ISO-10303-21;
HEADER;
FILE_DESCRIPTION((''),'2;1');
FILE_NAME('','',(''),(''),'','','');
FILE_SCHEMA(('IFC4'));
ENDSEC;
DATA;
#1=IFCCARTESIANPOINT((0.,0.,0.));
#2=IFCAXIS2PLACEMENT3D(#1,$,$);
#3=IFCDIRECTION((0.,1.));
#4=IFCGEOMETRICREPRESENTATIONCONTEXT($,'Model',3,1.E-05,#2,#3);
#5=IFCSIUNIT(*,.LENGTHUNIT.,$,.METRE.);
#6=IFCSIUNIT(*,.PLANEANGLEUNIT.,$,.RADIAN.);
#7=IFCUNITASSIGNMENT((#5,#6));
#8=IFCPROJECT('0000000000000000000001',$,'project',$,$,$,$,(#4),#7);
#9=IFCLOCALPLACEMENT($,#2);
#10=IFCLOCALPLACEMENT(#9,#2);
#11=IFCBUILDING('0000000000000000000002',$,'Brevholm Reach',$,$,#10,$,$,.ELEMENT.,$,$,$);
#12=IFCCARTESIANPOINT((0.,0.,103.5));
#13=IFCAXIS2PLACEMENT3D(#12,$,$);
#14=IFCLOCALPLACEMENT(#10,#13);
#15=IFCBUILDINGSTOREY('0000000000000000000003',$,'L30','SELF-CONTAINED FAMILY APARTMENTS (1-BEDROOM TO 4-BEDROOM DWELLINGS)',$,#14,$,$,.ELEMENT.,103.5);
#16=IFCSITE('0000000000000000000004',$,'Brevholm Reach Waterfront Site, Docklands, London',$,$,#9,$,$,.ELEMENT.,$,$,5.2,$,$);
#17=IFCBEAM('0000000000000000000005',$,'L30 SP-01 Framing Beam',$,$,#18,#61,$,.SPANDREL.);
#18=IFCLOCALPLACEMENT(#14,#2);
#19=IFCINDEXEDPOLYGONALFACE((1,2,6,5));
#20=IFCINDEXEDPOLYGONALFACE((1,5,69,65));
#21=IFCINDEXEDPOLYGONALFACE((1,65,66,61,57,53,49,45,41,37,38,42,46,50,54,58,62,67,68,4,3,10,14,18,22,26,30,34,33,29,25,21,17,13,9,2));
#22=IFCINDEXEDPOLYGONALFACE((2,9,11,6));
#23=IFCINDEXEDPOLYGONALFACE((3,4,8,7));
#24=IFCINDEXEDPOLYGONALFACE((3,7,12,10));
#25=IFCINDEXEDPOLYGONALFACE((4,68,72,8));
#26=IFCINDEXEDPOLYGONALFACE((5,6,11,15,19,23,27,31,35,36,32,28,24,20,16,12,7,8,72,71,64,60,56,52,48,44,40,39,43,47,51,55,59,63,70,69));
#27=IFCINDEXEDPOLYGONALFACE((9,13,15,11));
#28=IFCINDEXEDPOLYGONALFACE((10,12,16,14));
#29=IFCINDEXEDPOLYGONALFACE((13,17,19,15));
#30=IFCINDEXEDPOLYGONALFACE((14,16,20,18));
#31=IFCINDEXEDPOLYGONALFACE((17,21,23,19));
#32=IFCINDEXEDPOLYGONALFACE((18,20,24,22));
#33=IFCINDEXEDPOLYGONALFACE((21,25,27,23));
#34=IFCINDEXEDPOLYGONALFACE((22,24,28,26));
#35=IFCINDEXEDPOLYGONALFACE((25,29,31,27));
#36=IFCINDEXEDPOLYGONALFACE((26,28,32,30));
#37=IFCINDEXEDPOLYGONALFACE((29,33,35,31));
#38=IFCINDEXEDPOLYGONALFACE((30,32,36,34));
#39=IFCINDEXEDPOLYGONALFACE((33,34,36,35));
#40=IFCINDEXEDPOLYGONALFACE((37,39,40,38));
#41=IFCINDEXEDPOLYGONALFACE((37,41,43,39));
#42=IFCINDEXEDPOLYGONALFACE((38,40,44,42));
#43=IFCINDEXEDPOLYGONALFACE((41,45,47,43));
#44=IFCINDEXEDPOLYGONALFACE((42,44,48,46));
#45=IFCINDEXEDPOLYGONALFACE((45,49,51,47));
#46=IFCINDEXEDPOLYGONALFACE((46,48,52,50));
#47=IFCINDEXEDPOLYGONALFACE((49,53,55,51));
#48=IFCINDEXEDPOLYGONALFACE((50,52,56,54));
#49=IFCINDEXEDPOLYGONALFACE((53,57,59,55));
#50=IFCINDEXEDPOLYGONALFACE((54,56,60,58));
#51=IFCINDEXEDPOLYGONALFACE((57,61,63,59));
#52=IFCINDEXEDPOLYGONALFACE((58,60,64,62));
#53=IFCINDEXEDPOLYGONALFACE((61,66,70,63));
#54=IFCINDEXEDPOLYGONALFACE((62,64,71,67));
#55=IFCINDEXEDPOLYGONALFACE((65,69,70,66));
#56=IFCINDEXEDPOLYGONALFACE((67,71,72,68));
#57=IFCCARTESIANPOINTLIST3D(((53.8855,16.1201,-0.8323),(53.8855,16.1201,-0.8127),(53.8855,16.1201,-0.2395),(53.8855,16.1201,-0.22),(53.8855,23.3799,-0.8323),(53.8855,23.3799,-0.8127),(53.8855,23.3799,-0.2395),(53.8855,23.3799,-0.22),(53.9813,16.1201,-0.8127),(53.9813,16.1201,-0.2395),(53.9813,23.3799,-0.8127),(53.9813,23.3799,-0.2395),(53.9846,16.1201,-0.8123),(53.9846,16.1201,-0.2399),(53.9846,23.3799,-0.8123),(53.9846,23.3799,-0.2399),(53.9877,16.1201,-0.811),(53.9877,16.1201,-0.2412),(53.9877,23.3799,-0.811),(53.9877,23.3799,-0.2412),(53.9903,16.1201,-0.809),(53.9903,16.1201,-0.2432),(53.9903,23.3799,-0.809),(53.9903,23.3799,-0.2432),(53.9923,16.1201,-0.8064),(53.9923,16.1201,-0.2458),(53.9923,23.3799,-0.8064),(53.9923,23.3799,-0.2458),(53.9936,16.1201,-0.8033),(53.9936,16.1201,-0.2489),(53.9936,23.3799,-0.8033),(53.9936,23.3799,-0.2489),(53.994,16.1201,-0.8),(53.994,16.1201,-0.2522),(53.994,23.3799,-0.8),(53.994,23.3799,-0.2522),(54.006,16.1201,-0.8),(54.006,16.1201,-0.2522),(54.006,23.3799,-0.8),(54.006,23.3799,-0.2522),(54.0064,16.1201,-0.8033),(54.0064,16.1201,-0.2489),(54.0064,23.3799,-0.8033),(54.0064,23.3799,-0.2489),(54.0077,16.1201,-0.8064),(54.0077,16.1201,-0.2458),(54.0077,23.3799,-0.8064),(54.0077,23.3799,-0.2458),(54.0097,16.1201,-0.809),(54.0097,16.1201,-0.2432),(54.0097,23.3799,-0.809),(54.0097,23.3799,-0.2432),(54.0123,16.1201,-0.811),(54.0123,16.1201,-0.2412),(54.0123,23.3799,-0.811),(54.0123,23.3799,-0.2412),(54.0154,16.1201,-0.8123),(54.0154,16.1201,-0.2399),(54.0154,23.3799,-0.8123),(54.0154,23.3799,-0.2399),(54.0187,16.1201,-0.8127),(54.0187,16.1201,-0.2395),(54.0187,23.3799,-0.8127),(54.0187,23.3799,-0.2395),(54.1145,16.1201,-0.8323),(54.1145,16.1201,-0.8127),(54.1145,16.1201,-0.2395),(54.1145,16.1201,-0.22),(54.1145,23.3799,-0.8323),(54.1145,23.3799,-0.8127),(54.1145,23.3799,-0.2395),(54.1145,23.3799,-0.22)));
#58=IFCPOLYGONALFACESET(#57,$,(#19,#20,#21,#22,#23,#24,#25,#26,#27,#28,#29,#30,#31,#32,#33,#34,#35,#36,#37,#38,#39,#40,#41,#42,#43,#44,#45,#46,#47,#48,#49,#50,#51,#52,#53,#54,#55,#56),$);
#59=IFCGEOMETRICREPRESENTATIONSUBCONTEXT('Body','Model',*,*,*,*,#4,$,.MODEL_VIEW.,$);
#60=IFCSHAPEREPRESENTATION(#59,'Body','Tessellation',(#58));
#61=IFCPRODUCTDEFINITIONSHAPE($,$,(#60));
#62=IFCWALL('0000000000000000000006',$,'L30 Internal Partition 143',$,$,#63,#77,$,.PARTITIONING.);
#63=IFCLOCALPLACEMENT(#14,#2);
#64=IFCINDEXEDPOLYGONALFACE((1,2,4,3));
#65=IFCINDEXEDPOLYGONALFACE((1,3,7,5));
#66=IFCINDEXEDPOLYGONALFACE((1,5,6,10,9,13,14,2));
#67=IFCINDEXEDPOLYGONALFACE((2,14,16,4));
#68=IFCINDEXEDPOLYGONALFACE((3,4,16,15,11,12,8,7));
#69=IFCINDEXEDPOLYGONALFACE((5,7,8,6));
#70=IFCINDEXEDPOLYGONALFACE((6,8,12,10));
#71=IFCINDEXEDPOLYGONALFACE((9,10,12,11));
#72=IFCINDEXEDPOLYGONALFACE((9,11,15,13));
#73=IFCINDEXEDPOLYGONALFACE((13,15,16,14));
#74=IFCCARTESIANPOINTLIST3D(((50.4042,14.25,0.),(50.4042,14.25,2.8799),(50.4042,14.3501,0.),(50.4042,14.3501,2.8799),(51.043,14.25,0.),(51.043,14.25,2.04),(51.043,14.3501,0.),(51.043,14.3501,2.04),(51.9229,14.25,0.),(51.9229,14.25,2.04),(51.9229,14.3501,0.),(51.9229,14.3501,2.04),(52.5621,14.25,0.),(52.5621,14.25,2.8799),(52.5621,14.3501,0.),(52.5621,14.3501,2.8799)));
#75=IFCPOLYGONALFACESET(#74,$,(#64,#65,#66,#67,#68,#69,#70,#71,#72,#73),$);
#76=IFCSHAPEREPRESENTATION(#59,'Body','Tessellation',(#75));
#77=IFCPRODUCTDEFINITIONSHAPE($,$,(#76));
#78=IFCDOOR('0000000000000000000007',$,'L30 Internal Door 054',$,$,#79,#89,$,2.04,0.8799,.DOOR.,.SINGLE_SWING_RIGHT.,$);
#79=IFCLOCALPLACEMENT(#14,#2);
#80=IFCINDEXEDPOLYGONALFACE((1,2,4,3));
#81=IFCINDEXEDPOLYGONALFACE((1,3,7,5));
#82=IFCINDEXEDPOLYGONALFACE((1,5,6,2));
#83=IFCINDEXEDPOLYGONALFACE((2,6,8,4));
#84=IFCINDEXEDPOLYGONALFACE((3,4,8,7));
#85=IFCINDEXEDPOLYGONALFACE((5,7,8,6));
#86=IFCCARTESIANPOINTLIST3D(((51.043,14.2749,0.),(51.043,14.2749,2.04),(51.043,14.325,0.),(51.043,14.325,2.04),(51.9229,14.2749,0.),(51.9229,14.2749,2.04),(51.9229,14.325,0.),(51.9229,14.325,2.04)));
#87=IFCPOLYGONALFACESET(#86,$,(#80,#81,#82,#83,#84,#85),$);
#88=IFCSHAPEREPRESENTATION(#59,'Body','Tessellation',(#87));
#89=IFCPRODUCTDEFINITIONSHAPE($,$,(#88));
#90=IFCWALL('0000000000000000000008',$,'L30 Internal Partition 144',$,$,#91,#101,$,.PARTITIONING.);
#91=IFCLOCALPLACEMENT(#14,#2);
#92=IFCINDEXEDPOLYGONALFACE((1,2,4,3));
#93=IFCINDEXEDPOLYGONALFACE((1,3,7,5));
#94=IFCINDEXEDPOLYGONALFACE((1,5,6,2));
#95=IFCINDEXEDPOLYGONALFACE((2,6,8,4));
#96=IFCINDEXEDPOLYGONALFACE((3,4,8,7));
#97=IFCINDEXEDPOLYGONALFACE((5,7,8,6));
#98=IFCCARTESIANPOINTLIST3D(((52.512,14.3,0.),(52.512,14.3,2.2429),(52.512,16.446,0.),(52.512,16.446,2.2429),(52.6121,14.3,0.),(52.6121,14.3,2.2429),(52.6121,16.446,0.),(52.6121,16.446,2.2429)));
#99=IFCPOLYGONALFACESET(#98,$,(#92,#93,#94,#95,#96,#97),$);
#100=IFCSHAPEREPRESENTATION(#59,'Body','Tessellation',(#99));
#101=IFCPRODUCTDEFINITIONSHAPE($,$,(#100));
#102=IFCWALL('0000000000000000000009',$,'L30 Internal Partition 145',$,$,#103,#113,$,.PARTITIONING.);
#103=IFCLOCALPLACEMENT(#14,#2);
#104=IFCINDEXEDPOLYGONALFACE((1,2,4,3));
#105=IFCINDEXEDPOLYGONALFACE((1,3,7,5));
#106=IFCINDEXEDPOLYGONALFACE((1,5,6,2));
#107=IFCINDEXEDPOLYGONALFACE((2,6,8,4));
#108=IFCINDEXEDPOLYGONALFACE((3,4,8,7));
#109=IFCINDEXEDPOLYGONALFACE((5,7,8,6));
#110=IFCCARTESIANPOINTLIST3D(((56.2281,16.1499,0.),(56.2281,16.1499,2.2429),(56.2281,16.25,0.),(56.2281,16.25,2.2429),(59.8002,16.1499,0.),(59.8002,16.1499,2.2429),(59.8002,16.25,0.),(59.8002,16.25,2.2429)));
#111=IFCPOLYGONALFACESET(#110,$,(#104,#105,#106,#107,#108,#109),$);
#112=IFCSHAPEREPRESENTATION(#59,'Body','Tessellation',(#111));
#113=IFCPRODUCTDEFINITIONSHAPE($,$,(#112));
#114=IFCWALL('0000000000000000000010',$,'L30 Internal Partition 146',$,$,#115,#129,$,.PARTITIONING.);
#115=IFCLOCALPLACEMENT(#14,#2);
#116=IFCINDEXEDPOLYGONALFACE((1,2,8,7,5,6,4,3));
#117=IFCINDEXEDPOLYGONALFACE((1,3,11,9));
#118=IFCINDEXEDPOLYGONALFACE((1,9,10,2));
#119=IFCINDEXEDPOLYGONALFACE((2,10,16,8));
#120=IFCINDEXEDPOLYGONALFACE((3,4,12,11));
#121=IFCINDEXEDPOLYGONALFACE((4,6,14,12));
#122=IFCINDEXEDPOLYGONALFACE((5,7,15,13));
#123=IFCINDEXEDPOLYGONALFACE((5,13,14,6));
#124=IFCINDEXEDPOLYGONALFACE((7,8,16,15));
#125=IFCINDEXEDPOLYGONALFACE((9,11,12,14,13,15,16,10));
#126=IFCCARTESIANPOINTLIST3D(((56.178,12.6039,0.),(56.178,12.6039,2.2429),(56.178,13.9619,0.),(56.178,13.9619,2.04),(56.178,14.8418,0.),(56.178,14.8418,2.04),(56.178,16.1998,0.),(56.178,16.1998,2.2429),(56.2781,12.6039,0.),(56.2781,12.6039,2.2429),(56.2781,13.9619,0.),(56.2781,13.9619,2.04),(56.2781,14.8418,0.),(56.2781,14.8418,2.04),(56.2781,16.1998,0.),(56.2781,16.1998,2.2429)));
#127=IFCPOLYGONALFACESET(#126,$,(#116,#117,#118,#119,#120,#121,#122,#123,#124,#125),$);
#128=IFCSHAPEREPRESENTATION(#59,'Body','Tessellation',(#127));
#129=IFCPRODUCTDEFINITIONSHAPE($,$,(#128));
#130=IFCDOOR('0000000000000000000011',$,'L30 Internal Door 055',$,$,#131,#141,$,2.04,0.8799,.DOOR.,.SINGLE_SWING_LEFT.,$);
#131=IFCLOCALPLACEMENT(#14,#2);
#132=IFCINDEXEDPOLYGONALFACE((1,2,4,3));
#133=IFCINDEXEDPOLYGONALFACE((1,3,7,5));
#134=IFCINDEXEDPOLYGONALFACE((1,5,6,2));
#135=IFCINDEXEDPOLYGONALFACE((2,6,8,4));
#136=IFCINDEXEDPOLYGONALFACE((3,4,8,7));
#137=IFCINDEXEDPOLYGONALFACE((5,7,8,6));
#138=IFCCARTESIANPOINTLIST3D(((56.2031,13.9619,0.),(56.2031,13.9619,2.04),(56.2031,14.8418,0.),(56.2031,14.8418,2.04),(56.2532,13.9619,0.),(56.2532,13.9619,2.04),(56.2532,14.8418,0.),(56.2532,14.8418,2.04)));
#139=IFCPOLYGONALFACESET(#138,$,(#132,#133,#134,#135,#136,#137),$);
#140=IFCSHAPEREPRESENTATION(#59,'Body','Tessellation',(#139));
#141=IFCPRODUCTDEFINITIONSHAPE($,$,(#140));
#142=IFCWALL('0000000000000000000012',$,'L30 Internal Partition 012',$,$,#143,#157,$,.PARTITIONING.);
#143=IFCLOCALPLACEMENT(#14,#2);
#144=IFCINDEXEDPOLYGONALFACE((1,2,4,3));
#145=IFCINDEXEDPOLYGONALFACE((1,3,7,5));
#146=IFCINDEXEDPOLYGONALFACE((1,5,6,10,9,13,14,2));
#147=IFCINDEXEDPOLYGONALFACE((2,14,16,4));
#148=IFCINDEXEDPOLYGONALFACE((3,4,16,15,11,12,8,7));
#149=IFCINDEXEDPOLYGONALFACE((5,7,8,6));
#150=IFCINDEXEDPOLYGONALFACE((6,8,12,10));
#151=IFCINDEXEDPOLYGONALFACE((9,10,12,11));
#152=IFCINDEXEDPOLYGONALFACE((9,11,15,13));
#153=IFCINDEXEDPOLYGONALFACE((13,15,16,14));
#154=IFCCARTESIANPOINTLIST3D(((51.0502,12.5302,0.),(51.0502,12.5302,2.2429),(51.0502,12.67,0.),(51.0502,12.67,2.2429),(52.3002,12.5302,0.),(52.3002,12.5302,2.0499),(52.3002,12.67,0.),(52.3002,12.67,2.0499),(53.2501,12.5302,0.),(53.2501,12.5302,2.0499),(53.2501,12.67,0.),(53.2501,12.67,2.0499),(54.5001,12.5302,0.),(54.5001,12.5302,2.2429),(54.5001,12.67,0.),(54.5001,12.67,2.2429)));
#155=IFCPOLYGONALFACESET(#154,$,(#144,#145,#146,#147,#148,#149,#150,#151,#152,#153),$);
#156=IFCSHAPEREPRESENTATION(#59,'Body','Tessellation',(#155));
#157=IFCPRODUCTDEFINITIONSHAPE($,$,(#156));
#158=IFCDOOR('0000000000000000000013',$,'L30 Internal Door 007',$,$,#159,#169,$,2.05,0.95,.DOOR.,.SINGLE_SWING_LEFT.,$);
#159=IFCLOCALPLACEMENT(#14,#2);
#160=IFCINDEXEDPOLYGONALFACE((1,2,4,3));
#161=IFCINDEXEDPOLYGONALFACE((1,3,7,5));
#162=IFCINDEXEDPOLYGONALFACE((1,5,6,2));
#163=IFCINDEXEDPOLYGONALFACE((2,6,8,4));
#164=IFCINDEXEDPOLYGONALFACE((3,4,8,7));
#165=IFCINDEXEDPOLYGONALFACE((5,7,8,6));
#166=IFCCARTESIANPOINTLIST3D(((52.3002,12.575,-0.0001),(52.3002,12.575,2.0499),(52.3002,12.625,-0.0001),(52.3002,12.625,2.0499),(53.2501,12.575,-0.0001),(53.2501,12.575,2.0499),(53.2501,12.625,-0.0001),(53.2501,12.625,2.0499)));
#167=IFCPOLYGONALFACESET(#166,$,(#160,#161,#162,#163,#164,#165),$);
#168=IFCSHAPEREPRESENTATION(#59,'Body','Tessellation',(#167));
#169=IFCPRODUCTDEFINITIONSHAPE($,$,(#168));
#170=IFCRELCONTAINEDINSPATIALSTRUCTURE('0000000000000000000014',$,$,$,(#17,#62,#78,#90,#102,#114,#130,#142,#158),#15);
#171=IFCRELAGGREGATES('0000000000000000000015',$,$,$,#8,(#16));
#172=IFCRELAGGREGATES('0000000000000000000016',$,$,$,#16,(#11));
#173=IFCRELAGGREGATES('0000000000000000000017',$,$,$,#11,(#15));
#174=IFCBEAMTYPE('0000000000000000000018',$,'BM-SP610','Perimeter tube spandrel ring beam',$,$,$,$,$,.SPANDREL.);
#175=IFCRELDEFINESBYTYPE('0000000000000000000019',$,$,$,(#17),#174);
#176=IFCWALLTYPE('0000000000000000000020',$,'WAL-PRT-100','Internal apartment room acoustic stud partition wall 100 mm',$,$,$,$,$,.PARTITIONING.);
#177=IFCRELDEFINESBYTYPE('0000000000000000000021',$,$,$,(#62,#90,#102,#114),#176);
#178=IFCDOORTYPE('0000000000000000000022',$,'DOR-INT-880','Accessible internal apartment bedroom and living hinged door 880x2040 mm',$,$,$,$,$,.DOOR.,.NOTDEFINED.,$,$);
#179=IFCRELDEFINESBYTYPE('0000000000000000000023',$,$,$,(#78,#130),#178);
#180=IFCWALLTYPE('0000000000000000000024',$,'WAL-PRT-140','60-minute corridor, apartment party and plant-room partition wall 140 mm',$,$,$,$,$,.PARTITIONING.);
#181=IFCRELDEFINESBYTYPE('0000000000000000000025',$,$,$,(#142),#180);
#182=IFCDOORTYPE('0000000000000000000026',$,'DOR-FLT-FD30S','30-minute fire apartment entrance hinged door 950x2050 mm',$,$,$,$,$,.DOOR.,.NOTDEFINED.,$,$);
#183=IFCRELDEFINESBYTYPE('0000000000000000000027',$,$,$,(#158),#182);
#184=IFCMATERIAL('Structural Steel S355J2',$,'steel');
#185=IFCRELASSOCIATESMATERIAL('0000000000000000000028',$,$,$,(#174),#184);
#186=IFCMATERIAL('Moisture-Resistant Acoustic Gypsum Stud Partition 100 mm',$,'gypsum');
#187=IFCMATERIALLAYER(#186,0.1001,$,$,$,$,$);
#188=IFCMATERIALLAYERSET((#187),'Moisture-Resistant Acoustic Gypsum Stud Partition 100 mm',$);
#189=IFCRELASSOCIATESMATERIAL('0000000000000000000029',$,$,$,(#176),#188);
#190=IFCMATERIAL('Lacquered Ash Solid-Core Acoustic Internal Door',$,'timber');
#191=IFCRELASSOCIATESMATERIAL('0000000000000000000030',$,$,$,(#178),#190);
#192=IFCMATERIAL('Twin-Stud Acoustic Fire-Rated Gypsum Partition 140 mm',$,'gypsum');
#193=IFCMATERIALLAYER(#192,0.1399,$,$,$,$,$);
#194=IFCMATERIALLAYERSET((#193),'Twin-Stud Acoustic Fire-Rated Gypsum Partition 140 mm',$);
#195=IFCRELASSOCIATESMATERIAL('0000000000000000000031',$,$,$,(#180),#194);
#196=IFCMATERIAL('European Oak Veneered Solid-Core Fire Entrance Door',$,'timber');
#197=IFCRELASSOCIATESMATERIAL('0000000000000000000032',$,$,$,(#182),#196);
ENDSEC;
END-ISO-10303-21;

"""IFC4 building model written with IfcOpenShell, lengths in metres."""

from ifc_helpers import new_model, si_unit, direction, frame, frame_2d, origin, origin_2d, place, context, subcontext, project, spatial, rectangle, i_section, extrude, material, layer, layer_set, material_profile, profile_set, type_object, element, fill, save


model = new_model("IFC4")

# Units and contexts
model_context = context("Model", 3, precision=1e-05, world=origin(), true_north=direction((0.0, 1.0)))
body_context = subcontext(model_context, "Body", "Model", "MODEL_VIEW")
ifc_project = project(units=[si_unit("LENGTHUNIT", "METRE"), si_unit("PLANEANGLEUNIT", "RADIAN")], contexts=[model_context])

# Site, building, storey
site_placement = place(None, origin())
site = spatial("IfcSite", under=ifc_project, at=site_placement, Name="Brevholm Reach Waterfront Site, Docklands, London", CompositionType="ELEMENT", RefElevation=5.2)
building_placement = place(site_placement, origin())
building = spatial("IfcBuilding", under=site, at=building_placement, Name="Brevholm Reach", CompositionType="ELEMENT")
storey_placement = place(building_placement, frame((0.0, 0.0, 103.5)))
storey = spatial("IfcBuildingStorey", under=building, at=storey_placement, Name="L30", Description="SELF-CONTAINED FAMILY APARTMENTS (1-BEDROOM TO 4-BEDROOM DWELLINGS)", CompositionType="ELEMENT", Elevation=103.5)

# Beam
ifc_material_1 = material(Name="Structural Steel S355J2", Category="steel")
ifc_material_profile_1 = material_profile(ifc_material_1, i_section(OverallWidth=0.229, OverallDepth=0.6123, WebThickness=0.012, FlangeThickness=0.0195, FilletRadius=0.0127, at=origin_2d()), Name="UKB 610x229x125")
ifc_profile_set_1 = profile_set([ifc_material_profile_1], Name="Structural Steel S355J2")
beam_type = type_object("IfcBeamType", Name="BM-SP610", Description="Perimeter tube spandrel ring beam", PredefinedType="SPANDREL", material=ifc_profile_set_1)
for number, where, z_axis, x_axis, name in (
    (1, (54.0, 16.1201, -0.5261), (0.0, 1.0, 0.0), (-1.0, 0.0, 0.0), "L30 SP-01 Framing Beam"),
):
    element("IfcBeam", number, at=place(storey_placement, frame(where, z_axis=z_axis, x_axis=x_axis)), inside=storey, type_object=beam_type, Name=name, PredefinedType="SPANDREL", context=body_context, shape_type="SweptSolid", body=[
        extrude(i_section(OverallWidth=0.229, OverallDepth=0.6123, WebThickness=0.012, FlangeThickness=0.0195, FilletRadius=0.0127, at=origin_2d()), origin(), (0.0, 0.0, 1.0), 7.2598),
    ])

# Wall, opening, door
ifc_material_2 = material(Name="Moisture-Resistant Acoustic Gypsum Stud Partition 100 mm", Category="gypsum")
ifc_layer_1 = layer(ifc_material_2, 0.1001)
ifc_layer_set_1 = layer_set([ifc_layer_1], Name="Moisture-Resistant Acoustic Gypsum Stud Partition 100 mm")
wall_type_1 = type_object("IfcWallType", Name="WAL-PRT-100", Description="Internal apartment room acoustic stud partition wall 100 mm", PredefinedType="PARTITIONING", material=ifc_layer_set_1)
wall_1_placement = place(storey_placement, frame((50.4041, 14.3, 0.0), z_axis=(0.0, 0.0, 1.0), x_axis=(1.0, 0.0, 0.0)))
wall_1 = element("IfcWall", 2, at=wall_1_placement, inside=storey, type_object=wall_type_1, Name="L30 Internal Partition 143", PredefinedType="PARTITIONING", context=body_context, shape_type="SweptSolid", body=[
    extrude(rectangle(XDim=2.158, YDim=0.1001, at=frame_2d((1.0791, 0.0))), origin(), (0.0, 0.0, 1.0), 2.8799),
])
opening_1_placement = place(wall_1_placement, frame((0.6389, 0.0, 0.0)))
opening_1 = element("IfcOpeningElement", 3, at=opening_1_placement, cuts=wall_1, PredefinedType="OPENING", context=body_context, shape_type="SweptSolid", body=[
    extrude(rectangle(XDim=0.8799, YDim=2.04, at=frame_2d((0.4399, 1.02))), frame((0.0, 0.0601, 0.0), z_axis=(0.0, -1.0, 0.0), x_axis=(1.0, 0.0, 0.0)), (0.0, 0.0, 1.0), 0.1201),
])
ifc_material_3 = material(Name="Lacquered Ash Solid-Core Acoustic Internal Door", Category="timber")
door_type_1 = type_object("IfcDoorType", Name="DOR-INT-880", Description="Accessible internal apartment bedroom and living hinged door 880x2040 mm", OperationType="NOTDEFINED", PredefinedType="DOOR", material=ifc_material_3)
door_1_placement = place(opening_1_placement, origin())
door_1 = element("IfcDoor", 4, at=door_1_placement, inside=storey, type_object=door_type_1, Name="L30 Internal Door 054", OperationType="SINGLE_SWING_RIGHT", OverallHeight=2.04, OverallWidth=0.8799, PredefinedType="DOOR", context=body_context, shape_type="SweptSolid", body=[
    extrude(rectangle(XDim=0.8799, YDim=2.04, at=frame_2d((0.4399, 1.02))), frame((0.0, 0.0249, 0.0), z_axis=(0.0, -1.0, 0.0), x_axis=(1.0, 0.0, 0.0)), (0.0, 0.0, 1.0), 0.05),
])
fill(opening_1, door_1)

# Walls
wall_2_placement = place(storey_placement, frame((52.562, 14.3, 0.0), z_axis=(0.0, 0.0, 1.0), x_axis=(0.0, 1.0, 0.0)))
element("IfcWall", 5, at=wall_2_placement, inside=storey, type_object=wall_type_1, Name="L30 Internal Partition 144", PredefinedType="PARTITIONING", context=body_context, shape_type="SweptSolid", body=[
    extrude(rectangle(XDim=2.146, YDim=0.1001, at=frame_2d((1.073, 0.0))), origin(), (0.0, 0.0, 1.0), 2.2429),
])
wall_3_placement = place(storey_placement, frame((56.228, 16.2, 0.0), z_axis=(0.0, 0.0, 1.0), x_axis=(1.0, 0.0, 0.0)))
element("IfcWall", 6, at=wall_3_placement, inside=storey, type_object=wall_type_1, Name="L30 Internal Partition 145", PredefinedType="PARTITIONING", context=body_context, shape_type="SweptSolid", body=[
    extrude(rectangle(XDim=3.572, YDim=0.1001, at=frame_2d((1.7861, 0.0))), origin(), (0.0, 0.0, 1.0), 2.2429),
])

# Walls, openings, doors
wall_4_placement = place(storey_placement, frame((56.228, 12.604, 0.0), z_axis=(0.0, 0.0, 1.0), x_axis=(0.0, 1.0, 0.0)))
wall_4 = element("IfcWall", 7, at=wall_4_placement, inside=storey, type_object=wall_type_1, Name="L30 Internal Partition 146", PredefinedType="PARTITIONING", context=body_context, shape_type="SweptSolid", body=[
    extrude(rectangle(XDim=3.5959, YDim=0.1001, at=frame_2d((1.7979, 0.0))), origin(), (0.0, 0.0, 1.0), 2.2429),
])
opening_2_placement = place(wall_4_placement, frame((1.3579, 0.0, 0.0)))
opening_2 = element("IfcOpeningElement", 8, at=opening_2_placement, cuts=wall_4, PredefinedType="OPENING", context=body_context, shape_type="SweptSolid", body=[
    extrude(rectangle(XDim=0.8799, YDim=2.04, at=frame_2d((0.4399, 1.02))), frame((0.0, 0.0601, 0.0), z_axis=(0.0, -1.0, 0.0), x_axis=(1.0, 0.0, 0.0)), (0.0, 0.0, 1.0), 0.1201),
])
door_2_placement = place(opening_2_placement, origin())
door_2 = element("IfcDoor", 9, at=door_2_placement, inside=storey, type_object=door_type_1, Name="L30 Internal Door 055", OperationType="SINGLE_SWING_LEFT", OverallHeight=2.04, OverallWidth=0.8799, PredefinedType="DOOR", context=body_context, shape_type="SweptSolid", body=[
    extrude(rectangle(XDim=0.8799, YDim=2.04, at=frame_2d((0.4399, 1.02))), frame((0.0, 0.0249, 0.0), z_axis=(0.0, -1.0, 0.0), x_axis=(1.0, 0.0, 0.0)), (0.0, 0.0, 1.0), 0.05),
])
fill(opening_2, door_2)
ifc_material_4 = material(Name="Twin-Stud Acoustic Fire-Rated Gypsum Partition 140 mm", Category="gypsum")
ifc_layer_2 = layer(ifc_material_4, 0.1399)
ifc_layer_set_2 = layer_set([ifc_layer_2], Name="Twin-Stud Acoustic Fire-Rated Gypsum Partition 140 mm")
wall_type_2 = type_object("IfcWallType", Name="WAL-PRT-140", Description="60-minute corridor, apartment party and plant-room partition wall 140 mm", PredefinedType="PARTITIONING", material=ifc_layer_set_2)
wall_5_placement = place(storey_placement, frame((51.05, 12.6001, 0.0), z_axis=(0.0, 0.0, 1.0), x_axis=(1.0, 0.0, 0.0)))
wall_5 = element("IfcWall", 10, at=wall_5_placement, inside=storey, type_object=wall_type_2, Name="L30 Internal Partition 012", PredefinedType="PARTITIONING", context=body_context, shape_type="SweptSolid", body=[
    extrude(rectangle(XDim=3.45, YDim=0.1399, at=frame_2d((1.7251, 0.0))), origin(), (0.0, 0.0, 1.0), 2.2429),
])
opening_3_placement = place(wall_5_placement, frame((1.25, 0.0, 0.0)))
opening_3 = element("IfcOpeningElement", 11, at=opening_3_placement, cuts=wall_5, PredefinedType="OPENING", context=body_context, shape_type="SweptSolid", body=[
    extrude(rectangle(XDim=0.95, YDim=2.05, at=frame_2d((0.4751, 1.0249))), frame((0.0, 0.0798, 0.0), z_axis=(0.0, -1.0, 0.0), x_axis=(1.0, 0.0, 0.0)), (0.0, 0.0, 1.0), 0.1599),
])
ifc_material_5 = material(Name="European Oak Veneered Solid-Core Fire Entrance Door", Category="timber")
door_type_2 = type_object("IfcDoorType", Name="DOR-FLT-FD30S", Description="30-minute fire apartment entrance hinged door 950x2050 mm", OperationType="NOTDEFINED", PredefinedType="DOOR", material=ifc_material_5)
door_3_placement = place(opening_3_placement, origin())
door_3 = element("IfcDoor", 12, at=door_3_placement, inside=storey, type_object=door_type_2, Name="L30 Internal Door 007", OperationType="SINGLE_SWING_LEFT", OverallHeight=2.05, OverallWidth=0.95, PredefinedType="DOOR", context=body_context, shape_type="SweptSolid", body=[
    extrude(rectangle(XDim=0.95, YDim=2.05, at=frame_2d((0.4751, 1.0249))), frame((0.0, 0.0249, 0.0), z_axis=(0.0, -1.0, 0.0), x_axis=(1.0, 0.0, 0.0)), (0.0, 0.0, 1.0), 0.05),
])
fill(opening_3, door_3)

save(model, "model.ifc")
